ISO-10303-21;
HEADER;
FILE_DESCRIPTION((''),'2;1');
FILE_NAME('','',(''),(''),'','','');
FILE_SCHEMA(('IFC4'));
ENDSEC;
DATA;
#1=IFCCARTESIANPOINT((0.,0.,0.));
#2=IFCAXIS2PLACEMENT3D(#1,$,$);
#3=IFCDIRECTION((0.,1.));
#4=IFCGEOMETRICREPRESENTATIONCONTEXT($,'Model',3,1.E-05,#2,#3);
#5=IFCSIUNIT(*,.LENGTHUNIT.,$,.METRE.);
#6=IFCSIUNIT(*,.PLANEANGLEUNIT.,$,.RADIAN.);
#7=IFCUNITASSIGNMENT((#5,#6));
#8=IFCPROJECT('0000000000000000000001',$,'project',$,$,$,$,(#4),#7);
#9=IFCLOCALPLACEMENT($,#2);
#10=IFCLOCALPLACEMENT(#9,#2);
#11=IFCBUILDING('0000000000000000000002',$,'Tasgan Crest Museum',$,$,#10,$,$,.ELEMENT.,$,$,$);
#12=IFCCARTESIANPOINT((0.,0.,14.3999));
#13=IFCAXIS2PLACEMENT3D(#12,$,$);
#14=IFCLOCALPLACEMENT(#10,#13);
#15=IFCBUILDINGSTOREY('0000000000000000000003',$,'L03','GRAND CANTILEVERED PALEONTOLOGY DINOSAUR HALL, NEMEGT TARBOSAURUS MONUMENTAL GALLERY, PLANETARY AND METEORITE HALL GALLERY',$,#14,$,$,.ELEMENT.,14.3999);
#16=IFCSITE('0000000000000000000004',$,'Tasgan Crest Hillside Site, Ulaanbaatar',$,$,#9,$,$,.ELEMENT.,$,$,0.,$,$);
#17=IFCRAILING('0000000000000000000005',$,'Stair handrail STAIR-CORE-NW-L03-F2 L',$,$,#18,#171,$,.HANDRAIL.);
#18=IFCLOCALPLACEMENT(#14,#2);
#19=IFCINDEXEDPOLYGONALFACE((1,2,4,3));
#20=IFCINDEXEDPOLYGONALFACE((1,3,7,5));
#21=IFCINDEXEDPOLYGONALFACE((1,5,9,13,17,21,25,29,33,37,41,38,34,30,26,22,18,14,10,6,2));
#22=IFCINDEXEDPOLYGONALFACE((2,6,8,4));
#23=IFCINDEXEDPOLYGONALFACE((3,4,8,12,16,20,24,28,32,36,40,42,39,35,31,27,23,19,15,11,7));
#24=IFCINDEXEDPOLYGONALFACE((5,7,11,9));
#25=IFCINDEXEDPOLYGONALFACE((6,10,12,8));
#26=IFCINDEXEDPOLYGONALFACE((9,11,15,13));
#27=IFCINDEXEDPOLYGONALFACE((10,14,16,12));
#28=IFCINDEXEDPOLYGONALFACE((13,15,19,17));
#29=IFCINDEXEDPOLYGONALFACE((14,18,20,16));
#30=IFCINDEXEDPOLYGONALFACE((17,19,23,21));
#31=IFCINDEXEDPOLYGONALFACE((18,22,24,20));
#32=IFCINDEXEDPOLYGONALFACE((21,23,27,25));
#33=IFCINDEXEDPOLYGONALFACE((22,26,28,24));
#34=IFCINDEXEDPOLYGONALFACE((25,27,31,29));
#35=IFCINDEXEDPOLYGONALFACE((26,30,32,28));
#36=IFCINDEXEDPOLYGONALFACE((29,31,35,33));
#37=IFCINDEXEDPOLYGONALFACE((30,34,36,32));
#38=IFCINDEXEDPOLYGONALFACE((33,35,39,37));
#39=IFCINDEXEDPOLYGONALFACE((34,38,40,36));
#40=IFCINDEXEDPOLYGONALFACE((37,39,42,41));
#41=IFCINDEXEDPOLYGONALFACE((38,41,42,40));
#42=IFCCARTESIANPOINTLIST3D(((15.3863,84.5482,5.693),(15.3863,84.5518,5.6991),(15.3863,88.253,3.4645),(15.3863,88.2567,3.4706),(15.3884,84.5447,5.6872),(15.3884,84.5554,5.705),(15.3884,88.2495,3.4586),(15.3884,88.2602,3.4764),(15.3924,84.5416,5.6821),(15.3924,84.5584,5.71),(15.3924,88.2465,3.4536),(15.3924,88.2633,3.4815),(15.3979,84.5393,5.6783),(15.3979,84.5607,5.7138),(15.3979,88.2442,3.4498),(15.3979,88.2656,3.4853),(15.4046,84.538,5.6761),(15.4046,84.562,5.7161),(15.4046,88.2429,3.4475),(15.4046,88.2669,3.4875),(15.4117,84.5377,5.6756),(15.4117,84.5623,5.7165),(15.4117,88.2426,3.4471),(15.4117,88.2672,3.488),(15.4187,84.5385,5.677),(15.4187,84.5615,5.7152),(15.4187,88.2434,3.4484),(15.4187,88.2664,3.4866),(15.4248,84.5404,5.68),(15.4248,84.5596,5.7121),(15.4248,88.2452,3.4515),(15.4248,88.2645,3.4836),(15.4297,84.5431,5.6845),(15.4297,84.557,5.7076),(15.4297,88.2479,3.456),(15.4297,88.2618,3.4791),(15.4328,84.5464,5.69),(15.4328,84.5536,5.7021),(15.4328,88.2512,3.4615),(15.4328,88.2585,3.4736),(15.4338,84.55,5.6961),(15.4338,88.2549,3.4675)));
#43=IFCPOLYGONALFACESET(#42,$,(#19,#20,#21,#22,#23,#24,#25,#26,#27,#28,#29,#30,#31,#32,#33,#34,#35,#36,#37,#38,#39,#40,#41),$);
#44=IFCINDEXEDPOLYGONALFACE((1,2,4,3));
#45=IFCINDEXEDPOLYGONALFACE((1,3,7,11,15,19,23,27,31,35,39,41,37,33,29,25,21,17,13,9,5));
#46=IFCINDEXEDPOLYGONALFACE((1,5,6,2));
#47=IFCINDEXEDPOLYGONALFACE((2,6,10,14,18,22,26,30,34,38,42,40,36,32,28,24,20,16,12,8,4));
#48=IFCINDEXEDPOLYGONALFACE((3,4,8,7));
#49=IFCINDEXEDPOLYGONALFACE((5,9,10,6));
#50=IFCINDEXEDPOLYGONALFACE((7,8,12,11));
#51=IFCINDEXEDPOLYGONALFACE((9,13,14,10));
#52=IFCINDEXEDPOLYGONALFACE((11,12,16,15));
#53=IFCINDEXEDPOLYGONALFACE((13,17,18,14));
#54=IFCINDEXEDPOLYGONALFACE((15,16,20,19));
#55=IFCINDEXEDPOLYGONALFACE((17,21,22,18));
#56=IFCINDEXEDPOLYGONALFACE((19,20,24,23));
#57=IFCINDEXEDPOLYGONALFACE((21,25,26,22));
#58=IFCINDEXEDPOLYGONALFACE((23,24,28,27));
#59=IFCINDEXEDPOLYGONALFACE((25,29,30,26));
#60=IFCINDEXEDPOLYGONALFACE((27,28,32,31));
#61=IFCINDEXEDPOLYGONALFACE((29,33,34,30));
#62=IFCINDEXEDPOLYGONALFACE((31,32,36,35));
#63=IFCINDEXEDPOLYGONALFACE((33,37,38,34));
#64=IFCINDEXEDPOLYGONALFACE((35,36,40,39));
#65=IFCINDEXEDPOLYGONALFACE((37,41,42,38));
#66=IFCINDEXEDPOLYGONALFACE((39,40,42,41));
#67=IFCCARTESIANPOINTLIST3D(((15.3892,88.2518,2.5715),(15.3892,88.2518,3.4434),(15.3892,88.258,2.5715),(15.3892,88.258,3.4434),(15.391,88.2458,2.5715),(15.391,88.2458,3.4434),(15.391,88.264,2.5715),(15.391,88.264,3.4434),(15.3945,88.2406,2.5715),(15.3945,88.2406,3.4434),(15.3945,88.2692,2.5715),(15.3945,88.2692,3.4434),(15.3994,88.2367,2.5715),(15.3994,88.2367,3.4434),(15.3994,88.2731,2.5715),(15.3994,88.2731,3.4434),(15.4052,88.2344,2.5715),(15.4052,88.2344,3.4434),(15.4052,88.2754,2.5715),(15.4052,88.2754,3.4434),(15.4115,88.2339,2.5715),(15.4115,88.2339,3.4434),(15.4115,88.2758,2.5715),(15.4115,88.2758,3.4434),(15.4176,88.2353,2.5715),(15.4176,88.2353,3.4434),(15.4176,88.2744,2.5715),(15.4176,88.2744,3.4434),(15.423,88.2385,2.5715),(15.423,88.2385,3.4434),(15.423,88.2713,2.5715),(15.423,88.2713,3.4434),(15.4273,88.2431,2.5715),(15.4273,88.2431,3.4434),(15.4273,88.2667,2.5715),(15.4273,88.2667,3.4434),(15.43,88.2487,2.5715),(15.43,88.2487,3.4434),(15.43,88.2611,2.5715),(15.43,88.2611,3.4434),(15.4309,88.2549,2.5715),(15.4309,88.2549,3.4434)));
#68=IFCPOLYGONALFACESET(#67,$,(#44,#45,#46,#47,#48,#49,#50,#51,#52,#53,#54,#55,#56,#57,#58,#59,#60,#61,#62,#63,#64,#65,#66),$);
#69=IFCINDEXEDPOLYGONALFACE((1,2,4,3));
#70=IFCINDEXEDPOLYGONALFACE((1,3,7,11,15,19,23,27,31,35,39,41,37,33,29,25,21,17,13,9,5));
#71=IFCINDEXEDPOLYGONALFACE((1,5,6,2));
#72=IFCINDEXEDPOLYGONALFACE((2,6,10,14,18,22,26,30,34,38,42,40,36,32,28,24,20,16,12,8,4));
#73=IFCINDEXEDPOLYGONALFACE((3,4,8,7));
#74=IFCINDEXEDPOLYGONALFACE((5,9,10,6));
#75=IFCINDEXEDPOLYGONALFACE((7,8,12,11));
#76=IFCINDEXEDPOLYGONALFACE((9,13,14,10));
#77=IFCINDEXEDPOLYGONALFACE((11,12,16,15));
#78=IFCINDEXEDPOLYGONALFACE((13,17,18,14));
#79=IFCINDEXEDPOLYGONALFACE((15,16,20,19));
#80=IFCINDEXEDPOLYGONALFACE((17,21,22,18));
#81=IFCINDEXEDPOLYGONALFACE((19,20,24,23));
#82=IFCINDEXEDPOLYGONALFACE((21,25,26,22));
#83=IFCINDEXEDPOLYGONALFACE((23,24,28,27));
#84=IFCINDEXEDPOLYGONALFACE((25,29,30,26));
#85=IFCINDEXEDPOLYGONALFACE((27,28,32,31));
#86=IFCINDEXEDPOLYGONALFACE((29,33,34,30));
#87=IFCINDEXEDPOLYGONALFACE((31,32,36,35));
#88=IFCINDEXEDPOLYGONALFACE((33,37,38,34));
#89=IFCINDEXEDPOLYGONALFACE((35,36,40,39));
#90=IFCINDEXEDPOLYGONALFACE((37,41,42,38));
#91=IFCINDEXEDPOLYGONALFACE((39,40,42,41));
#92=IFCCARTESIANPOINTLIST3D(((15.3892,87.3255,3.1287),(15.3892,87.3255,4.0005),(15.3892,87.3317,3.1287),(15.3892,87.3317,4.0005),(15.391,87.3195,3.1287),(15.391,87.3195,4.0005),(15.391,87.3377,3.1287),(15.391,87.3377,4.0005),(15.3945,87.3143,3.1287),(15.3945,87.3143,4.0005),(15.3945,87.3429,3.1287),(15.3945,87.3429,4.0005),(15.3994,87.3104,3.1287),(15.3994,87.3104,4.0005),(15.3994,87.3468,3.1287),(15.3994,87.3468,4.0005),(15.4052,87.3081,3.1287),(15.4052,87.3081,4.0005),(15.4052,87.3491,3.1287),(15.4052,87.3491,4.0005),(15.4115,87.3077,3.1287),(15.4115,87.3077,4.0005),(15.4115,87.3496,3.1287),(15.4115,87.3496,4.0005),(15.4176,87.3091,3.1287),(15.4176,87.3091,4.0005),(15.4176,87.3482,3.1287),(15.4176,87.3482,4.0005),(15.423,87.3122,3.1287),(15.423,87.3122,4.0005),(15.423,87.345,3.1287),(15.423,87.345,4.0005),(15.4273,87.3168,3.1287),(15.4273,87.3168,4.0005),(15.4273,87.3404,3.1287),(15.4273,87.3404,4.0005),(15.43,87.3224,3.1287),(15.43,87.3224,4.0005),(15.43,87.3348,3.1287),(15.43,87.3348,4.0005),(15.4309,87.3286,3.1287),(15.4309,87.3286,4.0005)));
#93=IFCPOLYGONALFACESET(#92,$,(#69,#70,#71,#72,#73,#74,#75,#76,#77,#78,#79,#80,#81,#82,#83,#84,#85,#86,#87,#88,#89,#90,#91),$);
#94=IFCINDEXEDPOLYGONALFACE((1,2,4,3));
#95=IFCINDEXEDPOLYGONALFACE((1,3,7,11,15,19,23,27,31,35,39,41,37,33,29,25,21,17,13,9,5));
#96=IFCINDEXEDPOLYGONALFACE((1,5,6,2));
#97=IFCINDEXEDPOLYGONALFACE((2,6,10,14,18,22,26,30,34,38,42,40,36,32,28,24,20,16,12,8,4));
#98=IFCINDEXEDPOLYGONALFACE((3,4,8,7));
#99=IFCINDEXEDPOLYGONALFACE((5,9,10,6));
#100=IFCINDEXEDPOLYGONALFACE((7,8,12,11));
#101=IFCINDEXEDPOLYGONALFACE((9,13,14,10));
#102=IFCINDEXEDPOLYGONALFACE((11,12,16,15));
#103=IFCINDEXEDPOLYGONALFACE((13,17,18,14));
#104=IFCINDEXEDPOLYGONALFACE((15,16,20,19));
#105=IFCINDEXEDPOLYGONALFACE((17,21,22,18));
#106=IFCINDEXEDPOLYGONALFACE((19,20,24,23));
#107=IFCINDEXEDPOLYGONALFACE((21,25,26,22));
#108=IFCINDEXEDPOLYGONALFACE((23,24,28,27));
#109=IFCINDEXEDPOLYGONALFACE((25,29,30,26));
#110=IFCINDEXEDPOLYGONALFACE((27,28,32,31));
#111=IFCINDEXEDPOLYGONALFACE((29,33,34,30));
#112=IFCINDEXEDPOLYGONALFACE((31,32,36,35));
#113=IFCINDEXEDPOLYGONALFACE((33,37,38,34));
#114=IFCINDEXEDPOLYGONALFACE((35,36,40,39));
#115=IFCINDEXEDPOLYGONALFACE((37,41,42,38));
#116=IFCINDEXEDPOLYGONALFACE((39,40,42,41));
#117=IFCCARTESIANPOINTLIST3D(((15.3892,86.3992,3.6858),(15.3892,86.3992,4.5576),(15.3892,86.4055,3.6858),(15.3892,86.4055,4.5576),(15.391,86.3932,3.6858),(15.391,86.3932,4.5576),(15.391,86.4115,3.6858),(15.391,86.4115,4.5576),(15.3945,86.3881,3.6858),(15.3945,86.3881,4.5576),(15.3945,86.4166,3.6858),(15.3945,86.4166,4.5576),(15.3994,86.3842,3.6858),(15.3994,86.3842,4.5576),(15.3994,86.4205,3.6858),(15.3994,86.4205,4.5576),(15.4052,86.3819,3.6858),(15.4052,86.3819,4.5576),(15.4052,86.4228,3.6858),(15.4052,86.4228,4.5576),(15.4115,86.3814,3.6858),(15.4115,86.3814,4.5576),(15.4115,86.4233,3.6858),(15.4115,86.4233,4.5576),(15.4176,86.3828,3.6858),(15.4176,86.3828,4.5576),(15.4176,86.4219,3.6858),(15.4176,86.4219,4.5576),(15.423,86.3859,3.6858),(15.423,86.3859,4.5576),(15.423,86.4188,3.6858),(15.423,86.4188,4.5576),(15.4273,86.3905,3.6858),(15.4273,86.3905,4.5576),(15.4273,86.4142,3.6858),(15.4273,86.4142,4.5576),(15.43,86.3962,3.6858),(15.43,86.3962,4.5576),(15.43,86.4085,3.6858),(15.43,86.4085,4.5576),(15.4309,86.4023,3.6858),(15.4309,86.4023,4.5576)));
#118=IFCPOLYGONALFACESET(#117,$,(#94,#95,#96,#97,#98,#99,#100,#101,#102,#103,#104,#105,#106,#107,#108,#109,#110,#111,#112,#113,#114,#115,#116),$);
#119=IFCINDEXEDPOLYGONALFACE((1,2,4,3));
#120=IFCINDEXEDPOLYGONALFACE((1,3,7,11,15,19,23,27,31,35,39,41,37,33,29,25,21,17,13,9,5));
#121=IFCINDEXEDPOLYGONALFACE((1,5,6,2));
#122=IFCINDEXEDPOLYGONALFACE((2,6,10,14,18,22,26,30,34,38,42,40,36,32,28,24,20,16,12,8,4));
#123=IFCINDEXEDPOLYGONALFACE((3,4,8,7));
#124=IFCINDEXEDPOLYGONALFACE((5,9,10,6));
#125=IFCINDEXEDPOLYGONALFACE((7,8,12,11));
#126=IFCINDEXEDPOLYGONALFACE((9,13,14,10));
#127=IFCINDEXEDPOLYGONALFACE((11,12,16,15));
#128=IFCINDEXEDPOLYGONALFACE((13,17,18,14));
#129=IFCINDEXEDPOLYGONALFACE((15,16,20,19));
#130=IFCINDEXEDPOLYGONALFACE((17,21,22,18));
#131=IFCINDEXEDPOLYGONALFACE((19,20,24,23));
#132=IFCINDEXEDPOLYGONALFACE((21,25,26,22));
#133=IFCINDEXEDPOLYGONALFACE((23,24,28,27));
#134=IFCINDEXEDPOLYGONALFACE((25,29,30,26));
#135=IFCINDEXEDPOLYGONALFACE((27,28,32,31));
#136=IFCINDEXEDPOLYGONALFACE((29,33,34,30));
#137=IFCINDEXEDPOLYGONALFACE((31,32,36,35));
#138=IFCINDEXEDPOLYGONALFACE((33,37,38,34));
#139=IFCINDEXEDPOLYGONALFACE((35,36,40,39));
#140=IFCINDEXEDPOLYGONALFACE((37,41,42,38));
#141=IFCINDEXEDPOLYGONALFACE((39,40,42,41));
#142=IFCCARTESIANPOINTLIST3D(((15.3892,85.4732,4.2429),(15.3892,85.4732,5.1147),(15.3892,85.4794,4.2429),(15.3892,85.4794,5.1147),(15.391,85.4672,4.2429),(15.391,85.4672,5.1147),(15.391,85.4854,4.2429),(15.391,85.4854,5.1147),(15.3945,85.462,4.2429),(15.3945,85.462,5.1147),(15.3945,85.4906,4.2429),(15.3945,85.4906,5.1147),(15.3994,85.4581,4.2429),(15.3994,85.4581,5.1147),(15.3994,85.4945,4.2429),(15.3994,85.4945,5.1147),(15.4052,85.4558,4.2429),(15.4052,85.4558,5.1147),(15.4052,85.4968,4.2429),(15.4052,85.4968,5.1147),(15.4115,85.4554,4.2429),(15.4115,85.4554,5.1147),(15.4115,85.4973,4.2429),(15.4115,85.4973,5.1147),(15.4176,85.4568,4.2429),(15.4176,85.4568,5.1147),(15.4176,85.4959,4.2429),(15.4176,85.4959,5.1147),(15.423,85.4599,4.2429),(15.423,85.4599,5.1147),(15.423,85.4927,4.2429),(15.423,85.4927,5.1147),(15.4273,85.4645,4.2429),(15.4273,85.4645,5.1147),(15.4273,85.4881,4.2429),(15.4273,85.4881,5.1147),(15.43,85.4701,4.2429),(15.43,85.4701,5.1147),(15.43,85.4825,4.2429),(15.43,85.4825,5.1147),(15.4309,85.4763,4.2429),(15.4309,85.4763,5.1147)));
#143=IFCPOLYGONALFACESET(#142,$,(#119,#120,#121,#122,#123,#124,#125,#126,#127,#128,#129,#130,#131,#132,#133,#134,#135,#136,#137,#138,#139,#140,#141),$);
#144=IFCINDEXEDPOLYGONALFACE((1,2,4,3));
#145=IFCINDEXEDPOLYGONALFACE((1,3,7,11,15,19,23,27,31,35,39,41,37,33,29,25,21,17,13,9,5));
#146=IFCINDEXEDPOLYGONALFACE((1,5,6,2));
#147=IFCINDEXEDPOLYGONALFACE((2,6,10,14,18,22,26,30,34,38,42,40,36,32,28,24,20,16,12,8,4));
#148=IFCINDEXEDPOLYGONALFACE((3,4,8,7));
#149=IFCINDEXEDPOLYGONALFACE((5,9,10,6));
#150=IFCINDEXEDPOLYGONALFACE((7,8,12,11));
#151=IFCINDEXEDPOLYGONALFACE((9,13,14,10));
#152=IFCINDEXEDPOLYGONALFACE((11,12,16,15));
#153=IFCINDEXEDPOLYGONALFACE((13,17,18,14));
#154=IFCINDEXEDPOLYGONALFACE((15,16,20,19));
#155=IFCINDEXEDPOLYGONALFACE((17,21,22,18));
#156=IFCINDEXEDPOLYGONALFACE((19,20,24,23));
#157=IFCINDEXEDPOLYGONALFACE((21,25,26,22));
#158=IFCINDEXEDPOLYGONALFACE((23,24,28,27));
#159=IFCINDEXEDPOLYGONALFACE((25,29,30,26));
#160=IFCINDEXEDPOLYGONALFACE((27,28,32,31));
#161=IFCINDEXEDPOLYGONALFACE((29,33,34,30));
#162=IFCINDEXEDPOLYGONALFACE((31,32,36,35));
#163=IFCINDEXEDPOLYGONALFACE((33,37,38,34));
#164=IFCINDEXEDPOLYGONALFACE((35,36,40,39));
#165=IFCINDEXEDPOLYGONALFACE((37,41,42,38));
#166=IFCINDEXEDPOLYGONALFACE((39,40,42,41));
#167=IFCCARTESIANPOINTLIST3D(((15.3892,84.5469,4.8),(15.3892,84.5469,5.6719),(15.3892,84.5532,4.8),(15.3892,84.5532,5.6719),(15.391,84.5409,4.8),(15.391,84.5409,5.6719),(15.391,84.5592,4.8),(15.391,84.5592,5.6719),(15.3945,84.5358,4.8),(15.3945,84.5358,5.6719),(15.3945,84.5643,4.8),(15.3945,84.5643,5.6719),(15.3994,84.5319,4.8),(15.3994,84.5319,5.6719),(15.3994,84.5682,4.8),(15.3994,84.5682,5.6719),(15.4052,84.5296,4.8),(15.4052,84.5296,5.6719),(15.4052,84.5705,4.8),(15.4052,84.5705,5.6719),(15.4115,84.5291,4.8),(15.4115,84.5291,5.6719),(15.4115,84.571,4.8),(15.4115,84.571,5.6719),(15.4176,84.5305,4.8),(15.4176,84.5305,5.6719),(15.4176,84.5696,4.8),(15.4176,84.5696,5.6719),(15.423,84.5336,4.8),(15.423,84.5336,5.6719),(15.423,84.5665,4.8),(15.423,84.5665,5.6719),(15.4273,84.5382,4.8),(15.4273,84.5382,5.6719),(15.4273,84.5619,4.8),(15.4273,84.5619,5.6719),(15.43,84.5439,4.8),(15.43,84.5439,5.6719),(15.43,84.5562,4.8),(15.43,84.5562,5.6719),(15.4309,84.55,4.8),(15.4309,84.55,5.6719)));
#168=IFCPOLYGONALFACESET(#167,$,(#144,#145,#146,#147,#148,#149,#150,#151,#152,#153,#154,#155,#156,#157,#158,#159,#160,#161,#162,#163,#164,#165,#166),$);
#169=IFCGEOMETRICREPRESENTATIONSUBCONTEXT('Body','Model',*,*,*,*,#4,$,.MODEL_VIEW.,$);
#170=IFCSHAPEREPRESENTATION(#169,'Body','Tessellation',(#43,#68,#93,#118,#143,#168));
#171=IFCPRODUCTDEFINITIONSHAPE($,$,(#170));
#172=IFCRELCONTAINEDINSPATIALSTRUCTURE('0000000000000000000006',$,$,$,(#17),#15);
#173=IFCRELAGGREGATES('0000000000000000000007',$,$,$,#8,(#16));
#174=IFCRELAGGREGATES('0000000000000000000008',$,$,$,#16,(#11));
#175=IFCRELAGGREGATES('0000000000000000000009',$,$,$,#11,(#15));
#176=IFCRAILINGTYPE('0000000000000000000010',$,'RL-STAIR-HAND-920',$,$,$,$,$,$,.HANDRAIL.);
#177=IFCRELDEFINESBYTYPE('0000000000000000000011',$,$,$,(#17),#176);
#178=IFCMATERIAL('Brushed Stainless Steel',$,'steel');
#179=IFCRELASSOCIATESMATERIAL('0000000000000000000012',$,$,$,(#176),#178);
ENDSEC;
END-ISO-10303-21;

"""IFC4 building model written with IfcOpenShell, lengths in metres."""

from ifc_helpers import new_model, si_unit, direction, frame, origin, origin_2d, place, context, subcontext, project, spatial, circle, extrude, material, type_object, element, save


model = new_model("IFC4")

# Units and contexts
model_context = context("Model", 3, precision=1e-05, world=origin(), true_north=direction((0.0, 1.0)))
body_context = subcontext(model_context, "Body", "Model", "MODEL_VIEW")
ifc_project = project(units=[si_unit("LENGTHUNIT", "METRE"), si_unit("PLANEANGLEUNIT", "RADIAN")], contexts=[model_context])

# Site, building, storey
site_placement = place(None, origin())
site = spatial("IfcSite", under=ifc_project, at=site_placement, Name="Tasgan Crest Hillside Site, Ulaanbaatar", CompositionType="ELEMENT", RefElevation=0.0)
building_placement = place(site_placement, origin())
building = spatial("IfcBuilding", under=site, at=building_placement, Name="Tasgan Crest Museum", CompositionType="ELEMENT")
storey_placement = place(building_placement, frame((0.0, 0.0, 14.3999)))
storey = spatial("IfcBuildingStorey", under=building, at=storey_placement, Name="L03", Description="GRAND CANTILEVERED PALEONTOLOGY DINOSAUR HALL, NEMEGT TARBOSAURUS MONUMENTAL GALLERY, PLANETARY AND METEORITE HALL GALLERY", CompositionType="ELEMENT", Elevation=14.3999)

# Railing
ifc_material_1 = material(Name="Brushed Stainless Steel", Category="steel")
railing_type_1 = type_object("IfcRailingType", Name="RL-STAIR-HAND-920", PredefinedType="HANDRAIL", material=ifc_material_1)
for number, where, name in (
    (1, (15.4099, 88.2549, 2.5715), "Stair handrail STAIR-CORE-NW-L03-F2 L"),
):
    element("IfcRailing", number, at=place(storey_placement, frame(where)), inside=storey, type_object=railing_type_1, Name=name, PredefinedType="HANDRAIL", context=body_context, shape_type="SweptSolid", body=[
        extrude(circle(Radius=0.0239, at=origin_2d()), frame((0.0, 0.0, 0.896), z_axis=(0.0, -0.856919, 0.51545), x_axis=(1.0, 0.0, 0.0)), (0.0, 0.0, 1.0), 4.3235),
        extrude(circle(Radius=0.021, at=origin_2d()), origin(), (0.0, 0.0, 1.0), 0.8718),
        extrude(circle(Radius=0.021, at=origin_2d()), frame((0.0, -0.9263, 0.5571)), (0.0, 0.0, 1.0), 0.8718),
        extrude(circle(Radius=0.021, at=origin_2d()), frame((0.0, -1.8525, 1.1143)), (0.0, 0.0, 1.0), 0.8718),
        extrude(circle(Radius=0.021, at=origin_2d()), frame((0.0, -2.7786, 1.6714)), (0.0, 0.0, 1.0), 0.8718),
        extrude(circle(Radius=0.021, at=origin_2d()), frame((0.0, -3.7048, 2.2285)), (0.0, 0.0, 1.0), 0.8718),
    ])

save(model, "model.ifc")
